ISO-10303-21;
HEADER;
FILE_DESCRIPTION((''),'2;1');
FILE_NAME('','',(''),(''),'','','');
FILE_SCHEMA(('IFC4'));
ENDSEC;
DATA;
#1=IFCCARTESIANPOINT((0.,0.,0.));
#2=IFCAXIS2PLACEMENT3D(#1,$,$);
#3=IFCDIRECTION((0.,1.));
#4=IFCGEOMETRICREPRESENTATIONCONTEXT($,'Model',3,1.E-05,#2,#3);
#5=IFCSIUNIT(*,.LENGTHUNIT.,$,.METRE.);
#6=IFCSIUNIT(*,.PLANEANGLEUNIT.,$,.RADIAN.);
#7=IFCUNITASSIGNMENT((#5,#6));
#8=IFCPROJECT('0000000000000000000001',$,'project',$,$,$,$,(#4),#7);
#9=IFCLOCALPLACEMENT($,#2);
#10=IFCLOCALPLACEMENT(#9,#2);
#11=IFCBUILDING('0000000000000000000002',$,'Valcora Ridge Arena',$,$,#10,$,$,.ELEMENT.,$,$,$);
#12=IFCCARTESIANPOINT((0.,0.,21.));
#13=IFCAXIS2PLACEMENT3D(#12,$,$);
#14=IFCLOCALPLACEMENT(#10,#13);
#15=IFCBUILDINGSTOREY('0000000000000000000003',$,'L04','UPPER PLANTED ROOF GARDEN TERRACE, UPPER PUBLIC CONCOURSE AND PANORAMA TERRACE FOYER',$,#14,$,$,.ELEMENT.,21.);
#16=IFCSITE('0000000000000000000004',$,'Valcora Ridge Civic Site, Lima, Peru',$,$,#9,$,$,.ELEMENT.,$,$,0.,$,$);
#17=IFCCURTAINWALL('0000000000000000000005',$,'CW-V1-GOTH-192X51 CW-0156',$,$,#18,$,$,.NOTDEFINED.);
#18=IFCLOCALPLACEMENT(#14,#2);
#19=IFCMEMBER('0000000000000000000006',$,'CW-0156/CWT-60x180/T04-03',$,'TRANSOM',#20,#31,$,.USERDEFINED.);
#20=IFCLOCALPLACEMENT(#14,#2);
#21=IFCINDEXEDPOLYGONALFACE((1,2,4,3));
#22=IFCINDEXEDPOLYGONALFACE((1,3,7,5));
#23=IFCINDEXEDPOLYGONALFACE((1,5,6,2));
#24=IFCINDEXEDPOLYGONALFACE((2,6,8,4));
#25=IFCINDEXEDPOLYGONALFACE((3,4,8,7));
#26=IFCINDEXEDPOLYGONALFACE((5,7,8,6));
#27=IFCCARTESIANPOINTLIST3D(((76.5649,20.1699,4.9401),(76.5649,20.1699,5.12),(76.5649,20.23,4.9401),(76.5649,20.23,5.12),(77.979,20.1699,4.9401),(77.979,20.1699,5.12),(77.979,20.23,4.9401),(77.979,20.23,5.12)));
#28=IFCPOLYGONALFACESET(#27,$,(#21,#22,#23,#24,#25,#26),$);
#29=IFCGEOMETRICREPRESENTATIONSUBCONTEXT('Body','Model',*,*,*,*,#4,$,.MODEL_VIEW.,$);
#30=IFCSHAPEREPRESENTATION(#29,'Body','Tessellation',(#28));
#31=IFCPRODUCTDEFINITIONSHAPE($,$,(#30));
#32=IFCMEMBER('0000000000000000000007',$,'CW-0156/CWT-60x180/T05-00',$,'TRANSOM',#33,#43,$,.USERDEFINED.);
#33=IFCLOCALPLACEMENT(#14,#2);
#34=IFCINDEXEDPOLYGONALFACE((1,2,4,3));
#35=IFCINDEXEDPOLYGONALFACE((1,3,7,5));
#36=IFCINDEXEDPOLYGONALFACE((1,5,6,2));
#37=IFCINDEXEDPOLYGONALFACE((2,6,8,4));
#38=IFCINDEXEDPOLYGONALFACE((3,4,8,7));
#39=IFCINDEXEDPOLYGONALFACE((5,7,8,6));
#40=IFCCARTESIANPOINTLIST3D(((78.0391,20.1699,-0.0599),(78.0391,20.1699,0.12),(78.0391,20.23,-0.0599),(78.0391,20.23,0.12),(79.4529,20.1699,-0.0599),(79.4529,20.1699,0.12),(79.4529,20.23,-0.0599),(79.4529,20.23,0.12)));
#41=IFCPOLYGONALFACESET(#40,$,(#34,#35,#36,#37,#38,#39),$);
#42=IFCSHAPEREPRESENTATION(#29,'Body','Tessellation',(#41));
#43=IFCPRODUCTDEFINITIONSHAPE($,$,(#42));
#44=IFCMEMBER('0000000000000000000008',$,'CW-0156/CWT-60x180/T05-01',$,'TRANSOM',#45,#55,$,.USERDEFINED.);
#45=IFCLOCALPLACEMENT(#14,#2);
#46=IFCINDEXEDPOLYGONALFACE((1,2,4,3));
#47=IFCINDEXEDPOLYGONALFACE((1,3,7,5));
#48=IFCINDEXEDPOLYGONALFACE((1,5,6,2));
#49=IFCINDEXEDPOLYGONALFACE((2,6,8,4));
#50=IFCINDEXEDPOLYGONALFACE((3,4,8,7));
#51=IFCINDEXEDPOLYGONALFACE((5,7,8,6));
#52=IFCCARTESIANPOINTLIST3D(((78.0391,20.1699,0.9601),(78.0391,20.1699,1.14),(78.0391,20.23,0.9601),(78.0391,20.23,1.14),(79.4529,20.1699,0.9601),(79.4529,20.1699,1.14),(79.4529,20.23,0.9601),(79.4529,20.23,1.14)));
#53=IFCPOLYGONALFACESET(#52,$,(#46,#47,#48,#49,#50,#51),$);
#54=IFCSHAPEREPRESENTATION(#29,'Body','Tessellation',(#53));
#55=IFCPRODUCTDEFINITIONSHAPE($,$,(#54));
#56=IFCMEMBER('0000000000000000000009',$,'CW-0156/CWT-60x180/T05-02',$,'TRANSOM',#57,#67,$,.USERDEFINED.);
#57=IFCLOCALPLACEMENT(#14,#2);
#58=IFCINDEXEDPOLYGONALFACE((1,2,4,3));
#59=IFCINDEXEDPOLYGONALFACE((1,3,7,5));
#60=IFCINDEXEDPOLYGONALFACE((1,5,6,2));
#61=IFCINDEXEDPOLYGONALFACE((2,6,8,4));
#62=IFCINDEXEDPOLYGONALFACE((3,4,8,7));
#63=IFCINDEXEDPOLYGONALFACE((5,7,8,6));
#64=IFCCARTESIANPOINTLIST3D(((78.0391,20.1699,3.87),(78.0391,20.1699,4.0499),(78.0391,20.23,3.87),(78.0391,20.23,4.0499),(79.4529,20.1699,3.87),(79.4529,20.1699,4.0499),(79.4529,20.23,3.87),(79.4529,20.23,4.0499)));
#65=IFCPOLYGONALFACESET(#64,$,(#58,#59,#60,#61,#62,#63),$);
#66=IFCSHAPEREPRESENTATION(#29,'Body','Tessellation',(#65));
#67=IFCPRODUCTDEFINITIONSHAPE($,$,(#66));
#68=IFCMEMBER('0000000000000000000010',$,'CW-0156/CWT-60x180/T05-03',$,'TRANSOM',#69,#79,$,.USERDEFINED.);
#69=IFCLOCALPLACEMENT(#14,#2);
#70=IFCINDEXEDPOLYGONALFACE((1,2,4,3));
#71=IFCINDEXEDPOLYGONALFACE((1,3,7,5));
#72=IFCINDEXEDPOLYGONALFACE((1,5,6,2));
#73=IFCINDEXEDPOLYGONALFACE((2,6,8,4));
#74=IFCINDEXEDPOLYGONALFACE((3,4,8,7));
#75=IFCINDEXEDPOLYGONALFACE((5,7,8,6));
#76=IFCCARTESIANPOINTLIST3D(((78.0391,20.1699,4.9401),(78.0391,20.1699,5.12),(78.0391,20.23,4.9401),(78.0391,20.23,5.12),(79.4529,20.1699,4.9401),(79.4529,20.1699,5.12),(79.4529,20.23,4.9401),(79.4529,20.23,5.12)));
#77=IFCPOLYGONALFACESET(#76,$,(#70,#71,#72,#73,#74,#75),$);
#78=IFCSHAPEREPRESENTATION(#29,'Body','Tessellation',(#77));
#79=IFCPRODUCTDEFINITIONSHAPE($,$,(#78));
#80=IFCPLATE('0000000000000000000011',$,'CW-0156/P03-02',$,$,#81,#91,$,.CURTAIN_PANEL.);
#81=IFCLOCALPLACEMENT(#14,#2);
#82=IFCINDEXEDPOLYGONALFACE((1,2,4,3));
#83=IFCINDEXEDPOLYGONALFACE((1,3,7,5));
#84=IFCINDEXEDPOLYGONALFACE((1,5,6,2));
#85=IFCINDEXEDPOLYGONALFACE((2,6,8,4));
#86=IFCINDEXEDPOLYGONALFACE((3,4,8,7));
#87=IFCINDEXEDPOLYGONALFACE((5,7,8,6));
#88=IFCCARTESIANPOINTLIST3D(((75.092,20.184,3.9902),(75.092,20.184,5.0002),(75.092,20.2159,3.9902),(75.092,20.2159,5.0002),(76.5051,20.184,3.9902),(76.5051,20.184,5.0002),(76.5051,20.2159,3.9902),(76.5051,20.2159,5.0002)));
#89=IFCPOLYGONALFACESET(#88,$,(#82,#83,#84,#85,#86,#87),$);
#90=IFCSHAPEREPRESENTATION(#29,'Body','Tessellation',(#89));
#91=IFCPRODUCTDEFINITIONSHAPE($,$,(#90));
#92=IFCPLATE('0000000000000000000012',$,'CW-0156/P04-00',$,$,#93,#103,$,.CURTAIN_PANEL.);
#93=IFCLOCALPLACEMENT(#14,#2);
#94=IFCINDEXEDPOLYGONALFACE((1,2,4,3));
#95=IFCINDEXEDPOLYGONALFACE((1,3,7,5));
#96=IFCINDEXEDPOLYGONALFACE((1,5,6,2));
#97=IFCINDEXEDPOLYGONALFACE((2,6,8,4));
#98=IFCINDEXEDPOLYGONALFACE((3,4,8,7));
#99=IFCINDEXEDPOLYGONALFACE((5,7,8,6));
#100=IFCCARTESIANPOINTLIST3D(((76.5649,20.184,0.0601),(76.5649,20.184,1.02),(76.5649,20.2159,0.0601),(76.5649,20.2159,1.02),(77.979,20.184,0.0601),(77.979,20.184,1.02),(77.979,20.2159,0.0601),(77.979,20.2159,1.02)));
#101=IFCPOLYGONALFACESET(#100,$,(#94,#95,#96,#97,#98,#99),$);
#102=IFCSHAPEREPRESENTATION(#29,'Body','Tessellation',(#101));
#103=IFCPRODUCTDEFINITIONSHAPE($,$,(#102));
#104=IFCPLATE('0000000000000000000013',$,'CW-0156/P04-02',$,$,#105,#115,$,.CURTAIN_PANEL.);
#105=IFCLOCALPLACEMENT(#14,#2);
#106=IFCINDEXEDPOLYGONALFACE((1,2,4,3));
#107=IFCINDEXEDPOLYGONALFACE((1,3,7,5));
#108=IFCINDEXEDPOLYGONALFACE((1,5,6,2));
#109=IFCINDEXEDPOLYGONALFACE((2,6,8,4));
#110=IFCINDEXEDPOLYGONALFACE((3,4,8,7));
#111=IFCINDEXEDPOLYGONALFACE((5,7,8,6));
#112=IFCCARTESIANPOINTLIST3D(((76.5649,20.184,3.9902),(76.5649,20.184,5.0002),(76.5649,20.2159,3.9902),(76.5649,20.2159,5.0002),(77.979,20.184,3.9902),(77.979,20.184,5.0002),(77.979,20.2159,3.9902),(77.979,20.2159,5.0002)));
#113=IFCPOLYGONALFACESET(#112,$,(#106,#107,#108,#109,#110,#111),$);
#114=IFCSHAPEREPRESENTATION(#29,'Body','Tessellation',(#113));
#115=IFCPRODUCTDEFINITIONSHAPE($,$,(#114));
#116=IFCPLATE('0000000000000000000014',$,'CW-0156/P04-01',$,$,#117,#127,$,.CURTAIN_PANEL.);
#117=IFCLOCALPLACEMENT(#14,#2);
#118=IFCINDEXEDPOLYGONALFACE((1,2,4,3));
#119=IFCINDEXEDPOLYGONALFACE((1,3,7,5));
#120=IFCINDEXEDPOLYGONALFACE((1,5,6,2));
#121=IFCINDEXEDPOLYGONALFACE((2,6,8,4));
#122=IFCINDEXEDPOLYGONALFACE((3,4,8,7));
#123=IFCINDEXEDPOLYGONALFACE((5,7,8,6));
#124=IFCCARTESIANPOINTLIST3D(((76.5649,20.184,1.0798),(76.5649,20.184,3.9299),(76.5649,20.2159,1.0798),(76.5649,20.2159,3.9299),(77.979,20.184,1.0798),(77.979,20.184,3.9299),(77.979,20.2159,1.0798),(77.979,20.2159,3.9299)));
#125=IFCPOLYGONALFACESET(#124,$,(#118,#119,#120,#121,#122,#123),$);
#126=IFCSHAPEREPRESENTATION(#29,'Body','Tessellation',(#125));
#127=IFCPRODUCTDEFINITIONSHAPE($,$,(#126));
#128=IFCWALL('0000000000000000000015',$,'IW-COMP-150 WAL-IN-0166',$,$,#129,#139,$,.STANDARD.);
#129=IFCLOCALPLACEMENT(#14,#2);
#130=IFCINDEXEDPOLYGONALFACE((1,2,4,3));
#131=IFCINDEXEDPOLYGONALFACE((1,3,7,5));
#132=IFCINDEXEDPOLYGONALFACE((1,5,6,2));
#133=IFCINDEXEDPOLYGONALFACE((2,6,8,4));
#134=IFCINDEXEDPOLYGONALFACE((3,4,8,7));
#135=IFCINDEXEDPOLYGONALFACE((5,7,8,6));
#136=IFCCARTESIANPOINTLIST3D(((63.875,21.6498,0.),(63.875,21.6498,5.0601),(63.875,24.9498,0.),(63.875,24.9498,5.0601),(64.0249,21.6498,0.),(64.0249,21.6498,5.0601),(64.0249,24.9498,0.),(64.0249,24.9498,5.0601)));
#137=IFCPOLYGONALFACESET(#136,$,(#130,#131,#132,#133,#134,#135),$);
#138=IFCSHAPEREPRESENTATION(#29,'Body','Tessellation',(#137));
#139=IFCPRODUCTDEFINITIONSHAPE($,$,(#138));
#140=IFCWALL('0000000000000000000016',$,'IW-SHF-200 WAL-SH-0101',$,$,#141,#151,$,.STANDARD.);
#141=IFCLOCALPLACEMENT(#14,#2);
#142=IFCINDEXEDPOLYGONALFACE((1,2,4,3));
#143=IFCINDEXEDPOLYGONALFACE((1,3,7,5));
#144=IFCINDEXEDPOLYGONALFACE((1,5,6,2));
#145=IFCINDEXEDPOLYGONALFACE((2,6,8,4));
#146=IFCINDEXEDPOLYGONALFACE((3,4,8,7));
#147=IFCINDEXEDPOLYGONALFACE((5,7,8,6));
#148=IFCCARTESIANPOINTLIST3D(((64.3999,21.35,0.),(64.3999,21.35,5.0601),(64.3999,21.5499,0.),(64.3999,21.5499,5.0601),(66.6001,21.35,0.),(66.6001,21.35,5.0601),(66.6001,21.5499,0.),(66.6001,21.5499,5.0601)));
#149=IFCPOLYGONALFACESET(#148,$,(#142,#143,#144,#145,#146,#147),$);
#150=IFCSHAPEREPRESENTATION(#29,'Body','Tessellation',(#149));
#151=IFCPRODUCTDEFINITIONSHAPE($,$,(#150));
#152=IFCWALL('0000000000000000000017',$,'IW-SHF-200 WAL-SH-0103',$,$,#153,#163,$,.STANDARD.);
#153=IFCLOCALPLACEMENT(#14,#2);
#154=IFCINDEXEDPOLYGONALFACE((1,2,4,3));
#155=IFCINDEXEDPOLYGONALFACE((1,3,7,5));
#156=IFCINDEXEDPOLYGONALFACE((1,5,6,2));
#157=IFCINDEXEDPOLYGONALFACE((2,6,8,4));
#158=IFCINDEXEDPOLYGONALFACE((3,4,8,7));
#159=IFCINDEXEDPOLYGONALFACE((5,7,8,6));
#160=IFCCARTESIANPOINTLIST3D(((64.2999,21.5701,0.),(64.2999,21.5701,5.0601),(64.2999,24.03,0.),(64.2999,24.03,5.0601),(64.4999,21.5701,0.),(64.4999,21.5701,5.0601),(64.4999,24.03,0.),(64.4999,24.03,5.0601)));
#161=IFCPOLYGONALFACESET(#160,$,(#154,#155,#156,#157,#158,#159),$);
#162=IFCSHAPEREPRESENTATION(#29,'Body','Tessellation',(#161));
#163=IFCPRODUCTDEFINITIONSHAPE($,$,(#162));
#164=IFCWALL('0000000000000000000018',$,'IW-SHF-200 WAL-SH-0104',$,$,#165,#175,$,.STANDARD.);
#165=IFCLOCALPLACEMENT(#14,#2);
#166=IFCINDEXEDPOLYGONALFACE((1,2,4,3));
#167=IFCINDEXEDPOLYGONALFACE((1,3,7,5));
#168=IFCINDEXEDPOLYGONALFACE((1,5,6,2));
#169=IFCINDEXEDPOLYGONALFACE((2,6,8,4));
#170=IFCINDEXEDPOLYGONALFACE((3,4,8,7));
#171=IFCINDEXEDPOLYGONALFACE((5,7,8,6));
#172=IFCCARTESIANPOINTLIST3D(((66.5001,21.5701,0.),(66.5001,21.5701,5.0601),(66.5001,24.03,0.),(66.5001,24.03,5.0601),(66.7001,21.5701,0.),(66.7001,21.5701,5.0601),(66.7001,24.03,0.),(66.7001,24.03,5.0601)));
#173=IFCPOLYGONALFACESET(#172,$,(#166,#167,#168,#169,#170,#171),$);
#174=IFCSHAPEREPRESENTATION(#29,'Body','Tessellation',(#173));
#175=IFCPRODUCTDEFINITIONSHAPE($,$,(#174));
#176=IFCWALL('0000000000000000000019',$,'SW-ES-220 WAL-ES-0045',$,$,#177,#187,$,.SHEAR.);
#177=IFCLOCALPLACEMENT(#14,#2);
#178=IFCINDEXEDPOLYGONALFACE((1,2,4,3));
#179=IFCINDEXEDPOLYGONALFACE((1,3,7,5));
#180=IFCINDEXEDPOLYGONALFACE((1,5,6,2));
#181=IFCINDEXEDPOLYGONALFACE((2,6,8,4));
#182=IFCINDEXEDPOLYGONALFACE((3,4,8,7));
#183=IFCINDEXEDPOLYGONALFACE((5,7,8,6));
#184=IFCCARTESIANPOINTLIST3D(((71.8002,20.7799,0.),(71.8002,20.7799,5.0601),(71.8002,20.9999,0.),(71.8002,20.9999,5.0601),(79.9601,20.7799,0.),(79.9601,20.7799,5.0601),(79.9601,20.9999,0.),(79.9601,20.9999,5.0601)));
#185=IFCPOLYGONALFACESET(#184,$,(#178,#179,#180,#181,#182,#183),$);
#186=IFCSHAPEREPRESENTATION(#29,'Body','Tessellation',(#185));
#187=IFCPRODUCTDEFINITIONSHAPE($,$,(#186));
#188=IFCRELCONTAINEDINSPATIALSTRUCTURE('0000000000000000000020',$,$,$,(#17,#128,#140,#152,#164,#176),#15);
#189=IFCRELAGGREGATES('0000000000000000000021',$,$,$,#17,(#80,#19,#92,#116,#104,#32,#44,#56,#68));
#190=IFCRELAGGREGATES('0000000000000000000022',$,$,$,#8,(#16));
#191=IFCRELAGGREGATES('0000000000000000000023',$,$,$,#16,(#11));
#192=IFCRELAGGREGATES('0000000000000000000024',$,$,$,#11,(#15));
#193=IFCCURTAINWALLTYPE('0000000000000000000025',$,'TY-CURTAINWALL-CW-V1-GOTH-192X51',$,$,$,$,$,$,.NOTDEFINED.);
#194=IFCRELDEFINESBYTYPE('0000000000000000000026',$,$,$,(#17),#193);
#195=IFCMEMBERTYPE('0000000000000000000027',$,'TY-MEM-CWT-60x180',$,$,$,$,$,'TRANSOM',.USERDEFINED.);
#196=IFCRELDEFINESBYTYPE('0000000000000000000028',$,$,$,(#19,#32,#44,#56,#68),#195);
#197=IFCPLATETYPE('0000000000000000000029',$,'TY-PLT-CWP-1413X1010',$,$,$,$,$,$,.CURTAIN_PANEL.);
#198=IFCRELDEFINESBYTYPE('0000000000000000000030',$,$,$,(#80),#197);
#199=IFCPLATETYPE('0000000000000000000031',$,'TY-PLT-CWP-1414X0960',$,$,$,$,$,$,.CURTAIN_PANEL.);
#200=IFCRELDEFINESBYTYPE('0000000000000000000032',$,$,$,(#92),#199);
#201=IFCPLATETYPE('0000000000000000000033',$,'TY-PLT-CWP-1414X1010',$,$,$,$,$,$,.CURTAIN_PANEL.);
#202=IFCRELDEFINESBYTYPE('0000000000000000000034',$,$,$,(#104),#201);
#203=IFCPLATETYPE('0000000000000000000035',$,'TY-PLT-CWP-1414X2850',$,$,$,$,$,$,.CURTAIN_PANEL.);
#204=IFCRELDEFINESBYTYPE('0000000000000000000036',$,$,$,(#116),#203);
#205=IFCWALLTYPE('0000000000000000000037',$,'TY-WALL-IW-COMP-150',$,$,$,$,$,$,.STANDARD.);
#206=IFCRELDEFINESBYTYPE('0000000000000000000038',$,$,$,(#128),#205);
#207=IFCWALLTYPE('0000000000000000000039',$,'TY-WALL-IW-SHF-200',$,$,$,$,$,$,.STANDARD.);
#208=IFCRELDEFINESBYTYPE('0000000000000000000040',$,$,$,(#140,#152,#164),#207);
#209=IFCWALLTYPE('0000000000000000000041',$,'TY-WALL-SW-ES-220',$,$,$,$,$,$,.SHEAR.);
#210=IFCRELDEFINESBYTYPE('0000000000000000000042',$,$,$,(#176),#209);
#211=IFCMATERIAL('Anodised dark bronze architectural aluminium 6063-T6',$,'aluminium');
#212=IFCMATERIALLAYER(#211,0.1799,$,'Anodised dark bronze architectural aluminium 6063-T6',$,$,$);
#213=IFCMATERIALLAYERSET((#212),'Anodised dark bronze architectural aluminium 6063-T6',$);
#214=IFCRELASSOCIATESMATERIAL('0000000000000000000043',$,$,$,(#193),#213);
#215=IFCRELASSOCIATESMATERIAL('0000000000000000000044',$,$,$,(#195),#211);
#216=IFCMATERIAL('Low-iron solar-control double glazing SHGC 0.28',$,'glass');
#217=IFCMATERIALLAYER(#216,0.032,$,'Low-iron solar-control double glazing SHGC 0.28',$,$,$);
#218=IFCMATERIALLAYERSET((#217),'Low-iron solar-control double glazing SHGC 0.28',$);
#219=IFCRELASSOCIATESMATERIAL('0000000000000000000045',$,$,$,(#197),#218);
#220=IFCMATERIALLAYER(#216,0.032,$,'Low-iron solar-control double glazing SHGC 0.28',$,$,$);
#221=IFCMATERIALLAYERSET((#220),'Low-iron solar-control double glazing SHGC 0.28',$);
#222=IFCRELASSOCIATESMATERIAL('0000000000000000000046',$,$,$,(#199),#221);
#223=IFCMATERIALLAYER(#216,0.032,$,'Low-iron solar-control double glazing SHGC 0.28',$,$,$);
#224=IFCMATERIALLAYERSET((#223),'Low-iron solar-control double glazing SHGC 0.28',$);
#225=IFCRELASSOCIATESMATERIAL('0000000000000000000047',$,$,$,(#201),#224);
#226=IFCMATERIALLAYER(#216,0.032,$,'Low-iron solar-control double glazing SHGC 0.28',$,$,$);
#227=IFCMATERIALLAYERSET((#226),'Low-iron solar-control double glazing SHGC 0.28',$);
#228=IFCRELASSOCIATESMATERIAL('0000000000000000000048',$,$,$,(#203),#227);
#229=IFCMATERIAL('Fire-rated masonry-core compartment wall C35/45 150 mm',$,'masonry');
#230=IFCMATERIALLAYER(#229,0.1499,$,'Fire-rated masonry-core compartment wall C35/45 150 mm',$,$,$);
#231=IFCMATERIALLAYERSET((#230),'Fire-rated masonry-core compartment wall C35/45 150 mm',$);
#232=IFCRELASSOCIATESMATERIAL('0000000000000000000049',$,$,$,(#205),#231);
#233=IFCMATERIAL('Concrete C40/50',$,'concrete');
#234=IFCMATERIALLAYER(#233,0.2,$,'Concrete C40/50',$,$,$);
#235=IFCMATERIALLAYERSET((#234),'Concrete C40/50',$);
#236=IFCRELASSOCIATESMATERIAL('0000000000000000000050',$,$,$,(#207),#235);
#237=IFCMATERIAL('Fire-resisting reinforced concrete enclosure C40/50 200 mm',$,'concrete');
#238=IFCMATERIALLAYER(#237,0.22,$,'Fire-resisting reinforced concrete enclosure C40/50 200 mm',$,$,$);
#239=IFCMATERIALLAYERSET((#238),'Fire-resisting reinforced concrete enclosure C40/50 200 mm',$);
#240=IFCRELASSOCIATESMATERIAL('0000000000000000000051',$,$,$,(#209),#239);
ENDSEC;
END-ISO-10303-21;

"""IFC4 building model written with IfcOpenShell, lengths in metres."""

from ifc_helpers import new_model, si_unit, direction, frame, frame_2d, origin, origin_2d, place, context, subcontext, project, spatial, rectangle, extrude, material, layer, layer_set, material_profile, profile_set, type_object, element, aggregate, save


model = new_model("IFC4")

# Units and contexts
model_context = context("Model", 3, precision=1e-05, world=origin(), true_north=direction((0.0, 1.0)))
body_context = subcontext(model_context, "Body", "Model", "MODEL_VIEW")
ifc_project = project(units=[si_unit("LENGTHUNIT", "METRE"), si_unit("PLANEANGLEUNIT", "RADIAN")], contexts=[model_context])

# Site, building, storey
site_placement = place(None, origin())
site = spatial("IfcSite", under=ifc_project, at=site_placement, Name="Valcora Ridge Civic Site, Lima, Peru", CompositionType="ELEMENT", RefElevation=0.0)
building_placement = place(site_placement, origin())
building = spatial("IfcBuilding", under=site, at=building_placement, Name="Valcora Ridge Arena", CompositionType="ELEMENT")
storey_placement = place(building_placement, frame((0.0, 0.0, 21.0)))
storey = spatial("IfcBuildingStorey", under=building, at=storey_placement, Name="L04", Description="UPPER PLANTED ROOF GARDEN TERRACE, UPPER PUBLIC CONCOURSE AND PANORAMA TERRACE FOYER", CompositionType="ELEMENT", Elevation=21.0)

# Shared definitions
ifc_material_1 = material(Name="Concrete C40/50", Category="concrete")

# Curtain wall, members, plates
ifc_material_2 = material(Name="Anodised dark bronze architectural aluminium 6063-T6", Category="aluminium")
ifc_layer_1 = layer(ifc_material_2, 0.1799, Name="Anodised dark bronze architectural aluminium 6063-T6")
ifc_layer_set_1 = layer_set([ifc_layer_1], Name="Anodised dark bronze architectural aluminium 6063-T6")
curtain_wall_type = type_object("IfcCurtainWallType", Name="TY-CURTAINWALL-CW-V1-GOTH-192X51", PredefinedType="NOTDEFINED", material=ifc_layer_set_1)
curtain_wall_placement = place(storey_placement, origin())
curtain_wall = element("IfcCurtainWall", 1, at=curtain_wall_placement, inside=storey, type_object=curtain_wall_type, Name="CW-V1-GOTH-192X51 CW-0156", PredefinedType="NOTDEFINED")
ifc_material_profile_1 = material_profile(ifc_material_2, rectangle(XDim=0.0601, YDim=0.1799, at=origin_2d()), Name="ALU TRANSOM 60x180")
ifc_profile_set_1 = profile_set([ifc_material_profile_1], Name="Anodised dark bronze architectural aluminium 6063-T6")
member_type_1 = type_object("IfcMemberType", Name="TY-MEM-CWT-60x180", ElementType="TRANSOM", PredefinedType="USERDEFINED", material=ifc_profile_set_1)
member_1_placement = place(storey_placement, frame((76.5649, 20.2, 5.03), z_axis=(1.0, 0.0, 0.0), x_axis=(0.0, 1.0, 0.0)))
member_1 = element("IfcMember", 2, at=member_1_placement, type_object=member_type_1, Name="CW-0156/CWT-60x180/T04-03", ObjectType="TRANSOM", PredefinedType="USERDEFINED", context=body_context, shape_type="SweptSolid", body=[
    extrude(rectangle(XDim=0.0601, YDim=0.1799, at=origin_2d()), origin(), (0.0, 0.0, 1.0), 1.4141),
])
member_2_placement = place(storey_placement, frame((78.0391, 20.2, 0.03), z_axis=(1.0, 0.0, 0.0), x_axis=(0.0, 1.0, 0.0)))
member_2 = element("IfcMember", 3, at=member_2_placement, type_object=member_type_1, Name="CW-0156/CWT-60x180/T05-00", ObjectType="TRANSOM", PredefinedType="USERDEFINED", context=body_context, shape_type="SweptSolid", body=[
    extrude(rectangle(XDim=0.0601, YDim=0.1799, at=origin_2d()), origin(), (0.0, 0.0, 1.0), 1.4138),
])
member_3_placement = place(storey_placement, frame((78.0391, 20.2, 1.05), z_axis=(1.0, 0.0, 0.0), x_axis=(0.0, 1.0, 0.0)))
member_3 = element("IfcMember", 4, at=member_3_placement, type_object=member_type_1, Name="CW-0156/CWT-60x180/T05-01", ObjectType="TRANSOM", PredefinedType="USERDEFINED", context=body_context, shape_type="SweptSolid", body=[
    extrude(rectangle(XDim=0.0601, YDim=0.1799, at=origin_2d()), origin(), (0.0, 0.0, 1.0), 1.4138),
])
member_4_placement = place(storey_placement, frame((78.0391, 20.2, 3.96), z_axis=(1.0, 0.0, 0.0), x_axis=(0.0, 1.0, 0.0)))
member_4 = element("IfcMember", 5, at=member_4_placement, type_object=member_type_1, Name="CW-0156/CWT-60x180/T05-02", ObjectType="TRANSOM", PredefinedType="USERDEFINED", context=body_context, shape_type="SweptSolid", body=[
    extrude(rectangle(XDim=0.0601, YDim=0.1799, at=origin_2d()), origin(), (0.0, 0.0, 1.0), 1.4138),
])
member_5_placement = place(storey_placement, frame((78.0391, 20.2, 5.03), z_axis=(1.0, 0.0, 0.0), x_axis=(0.0, 1.0, 0.0)))
member_5 = element("IfcMember", 6, at=member_5_placement, type_object=member_type_1, Name="CW-0156/CWT-60x180/T05-03", ObjectType="TRANSOM", PredefinedType="USERDEFINED", context=body_context, shape_type="SweptSolid", body=[
    extrude(rectangle(XDim=0.0601, YDim=0.1799, at=origin_2d()), origin(), (0.0, 0.0, 1.0), 1.4138),
])
ifc_material_3 = material(Name="Low-iron solar-control double glazing SHGC 0.28", Category="glass")
ifc_layer_2 = layer(ifc_material_3, 0.032, Name="Low-iron solar-control double glazing SHGC 0.28")
ifc_layer_set_2 = layer_set([ifc_layer_2], Name="Low-iron solar-control double glazing SHGC 0.28")
plate_type_1 = type_object("IfcPlateType", Name="TY-PLT-CWP-1413X1010", PredefinedType="CURTAIN_PANEL", material=ifc_layer_set_2)
plate_1_placement = place(storey_placement, frame((75.7986, 20.2, 3.9902), z_axis=(0.0, 0.0, 1.0), x_axis=(1.0, 0.0, 0.0)))
plate_1 = element("IfcPlate", 7, at=plate_1_placement, type_object=plate_type_1, Name="CW-0156/P03-02", PredefinedType="CURTAIN_PANEL", context=body_context, shape_type="SweptSolid", body=[
    extrude(rectangle(XDim=1.4131, YDim=0.032, at=origin_2d()), origin(), (0.0, 0.0, 1.0), 1.01),
])
ifc_layer_3 = layer(ifc_material_3, 0.032, Name="Low-iron solar-control double glazing SHGC 0.28")
ifc_layer_set_3 = layer_set([ifc_layer_3], Name="Low-iron solar-control double glazing SHGC 0.28")
plate_type_2 = type_object("IfcPlateType", Name="TY-PLT-CWP-1414X0960", PredefinedType="CURTAIN_PANEL", material=ifc_layer_set_3)
plate_2_placement = place(storey_placement, frame((77.272, 20.2, 0.0601), z_axis=(0.0, 0.0, 1.0), x_axis=(1.0, 0.0, 0.0)))
plate_2 = element("IfcPlate", 8, at=plate_2_placement, type_object=plate_type_2, Name="CW-0156/P04-00", PredefinedType="CURTAIN_PANEL", context=body_context, shape_type="SweptSolid", body=[
    extrude(rectangle(XDim=1.4141, YDim=0.032, at=origin_2d()), origin(), (0.0, 0.0, 1.0), 0.96),
])
ifc_layer_4 = layer(ifc_material_3, 0.032, Name="Low-iron solar-control double glazing SHGC 0.28")
ifc_layer_set_4 = layer_set([ifc_layer_4], Name="Low-iron solar-control double glazing SHGC 0.28")
plate_type_3 = type_object("IfcPlateType", Name="TY-PLT-CWP-1414X1010", PredefinedType="CURTAIN_PANEL", material=ifc_layer_set_4)
plate_3_placement = place(storey_placement, frame((77.272, 20.2, 3.9902), z_axis=(0.0, 0.0, 1.0), x_axis=(1.0, 0.0, 0.0)))
plate_3 = element("IfcPlate", 9, at=plate_3_placement, type_object=plate_type_3, Name="CW-0156/P04-02", PredefinedType="CURTAIN_PANEL", context=body_context, shape_type="SweptSolid", body=[
    extrude(rectangle(XDim=1.4141, YDim=0.032, at=origin_2d()), origin(), (0.0, 0.0, 1.0), 1.01),
])
ifc_layer_5 = layer(ifc_material_3, 0.032, Name="Low-iron solar-control double glazing SHGC 0.28")
ifc_layer_set_5 = layer_set([ifc_layer_5], Name="Low-iron solar-control double glazing SHGC 0.28")
plate_type_4 = type_object("IfcPlateType", Name="TY-PLT-CWP-1414X2850", PredefinedType="CURTAIN_PANEL", material=ifc_layer_set_5)
plate_4_placement = place(storey_placement, frame((77.272, 20.2, 1.0798), z_axis=(0.0, 0.0, 1.0), x_axis=(1.0, 0.0, 0.0)))
plate_4 = element("IfcPlate", 10, at=plate_4_placement, type_object=plate_type_4, Name="CW-0156/P04-01", PredefinedType="CURTAIN_PANEL", context=body_context, shape_type="SweptSolid", body=[
    extrude(rectangle(XDim=1.4141, YDim=0.032, at=origin_2d()), origin(), (0.0, 0.0, 1.0), 2.8501),
])
aggregate(curtain_wall, [plate_1, member_1, plate_2, plate_4, plate_3, member_2, member_3, member_4, member_5])

# Walls
ifc_material_4 = material(Name="Fire-rated masonry-core compartment wall C35/45 150 mm", Category="masonry")
ifc_layer_6 = layer(ifc_material_4, 0.1499, Name="Fire-rated masonry-core compartment wall C35/45 150 mm")
ifc_layer_set_6 = layer_set([ifc_layer_6], Name="Fire-rated masonry-core compartment wall C35/45 150 mm")
wall_type_1 = type_object("IfcWallType", Name="TY-WALL-IW-COMP-150", PredefinedType="STANDARD", material=ifc_layer_set_6)
wall_1_placement = place(storey_placement, frame((63.95, 21.6499, 0.0), z_axis=(0.0, 0.0, 1.0), x_axis=(0.0, 1.0, 0.0)))
element("IfcWall", 11, at=wall_1_placement, inside=storey, type_object=wall_type_1, Name="IW-COMP-150 WAL-IN-0166", PredefinedType="STANDARD", context=body_context, shape_type="SweptSolid", body=[
    extrude(rectangle(XDim=3.3, YDim=0.1499, at=frame_2d((1.6499, 0.0))), origin(), (0.0, 0.0, 1.0), 5.0601),
])
ifc_layer_7 = layer(ifc_material_1, 0.2, Name="Concrete C40/50")
ifc_layer_set_7 = layer_set([ifc_layer_7], Name="Concrete C40/50")
wall_type_2 = type_object("IfcWallType", Name="TY-WALL-IW-SHF-200", PredefinedType="STANDARD", material=ifc_layer_set_7)
wall_2_placement = place(storey_placement, frame((64.3999, 21.45, 0.0), z_axis=(0.0, 0.0, 1.0), x_axis=(1.0, 0.0, 0.0)))
element("IfcWall", 12, at=wall_2_placement, inside=storey, type_object=wall_type_2, Name="IW-SHF-200 WAL-SH-0101", PredefinedType="STANDARD", context=body_context, shape_type="SweptSolid", body=[
    extrude(rectangle(XDim=2.2002, YDim=0.2, at=frame_2d((1.1001, 0.0))), origin(), (0.0, 0.0, 1.0), 5.0601),
])

# Walls
for number, where, z_axis, x_axis, name in (
    (13, (64.3999, 21.5701, 0.0), (0.0, 0.0, 1.0), (0.0, 1.0, 0.0), "IW-SHF-200 WAL-SH-0103"),
    (14, (66.6001, 21.5701, 0.0), (0.0, 0.0, 1.0), (0.0, 1.0, 0.0), "IW-SHF-200 WAL-SH-0104"),
):
    element("IfcWall", number, at=place(storey_placement, frame(where, z_axis=z_axis, x_axis=x_axis)), inside=storey, type_object=wall_type_2, Name=name, PredefinedType="STANDARD", context=body_context, shape_type="SweptSolid", body=[
        extrude(rectangle(XDim=2.46, YDim=0.2, at=frame_2d((1.23, 0.0))), origin(), (0.0, 0.0, 1.0), 5.0601),
    ])
ifc_material_5 = material(Name="Fire-resisting reinforced concrete enclosure C40/50 200 mm", Category="concrete")
ifc_layer_8 = layer(ifc_material_5, 0.22, Name="Fire-resisting reinforced concrete enclosure C40/50 200 mm")
ifc_layer_set_8 = layer_set([ifc_layer_8], Name="Fire-resisting reinforced concrete enclosure C40/50 200 mm")
wall_type_3 = type_object("IfcWallType", Name="TY-WALL-SW-ES-220", PredefinedType="SHEAR", material=ifc_layer_set_8)
for number, where, z_axis, x_axis, name in (
    (15, (71.8, 20.8899, 0.0), (0.0, 0.0, 1.0), (1.0, 0.0, 0.0), "SW-ES-220 WAL-ES-0045"),
):
    element("IfcWall", number, at=place(storey_placement, frame(where, z_axis=z_axis, x_axis=x_axis)), inside=storey, type_object=wall_type_3, Name=name, PredefinedType="SHEAR", context=body_context, shape_type="SweptSolid", body=[
        extrude(rectangle(XDim=8.1599, YDim=0.22, at=frame_2d((4.0801, 0.0))), origin(), (0.0, 0.0, 1.0), 5.0601),
    ])

save(model, "model.ifc")
